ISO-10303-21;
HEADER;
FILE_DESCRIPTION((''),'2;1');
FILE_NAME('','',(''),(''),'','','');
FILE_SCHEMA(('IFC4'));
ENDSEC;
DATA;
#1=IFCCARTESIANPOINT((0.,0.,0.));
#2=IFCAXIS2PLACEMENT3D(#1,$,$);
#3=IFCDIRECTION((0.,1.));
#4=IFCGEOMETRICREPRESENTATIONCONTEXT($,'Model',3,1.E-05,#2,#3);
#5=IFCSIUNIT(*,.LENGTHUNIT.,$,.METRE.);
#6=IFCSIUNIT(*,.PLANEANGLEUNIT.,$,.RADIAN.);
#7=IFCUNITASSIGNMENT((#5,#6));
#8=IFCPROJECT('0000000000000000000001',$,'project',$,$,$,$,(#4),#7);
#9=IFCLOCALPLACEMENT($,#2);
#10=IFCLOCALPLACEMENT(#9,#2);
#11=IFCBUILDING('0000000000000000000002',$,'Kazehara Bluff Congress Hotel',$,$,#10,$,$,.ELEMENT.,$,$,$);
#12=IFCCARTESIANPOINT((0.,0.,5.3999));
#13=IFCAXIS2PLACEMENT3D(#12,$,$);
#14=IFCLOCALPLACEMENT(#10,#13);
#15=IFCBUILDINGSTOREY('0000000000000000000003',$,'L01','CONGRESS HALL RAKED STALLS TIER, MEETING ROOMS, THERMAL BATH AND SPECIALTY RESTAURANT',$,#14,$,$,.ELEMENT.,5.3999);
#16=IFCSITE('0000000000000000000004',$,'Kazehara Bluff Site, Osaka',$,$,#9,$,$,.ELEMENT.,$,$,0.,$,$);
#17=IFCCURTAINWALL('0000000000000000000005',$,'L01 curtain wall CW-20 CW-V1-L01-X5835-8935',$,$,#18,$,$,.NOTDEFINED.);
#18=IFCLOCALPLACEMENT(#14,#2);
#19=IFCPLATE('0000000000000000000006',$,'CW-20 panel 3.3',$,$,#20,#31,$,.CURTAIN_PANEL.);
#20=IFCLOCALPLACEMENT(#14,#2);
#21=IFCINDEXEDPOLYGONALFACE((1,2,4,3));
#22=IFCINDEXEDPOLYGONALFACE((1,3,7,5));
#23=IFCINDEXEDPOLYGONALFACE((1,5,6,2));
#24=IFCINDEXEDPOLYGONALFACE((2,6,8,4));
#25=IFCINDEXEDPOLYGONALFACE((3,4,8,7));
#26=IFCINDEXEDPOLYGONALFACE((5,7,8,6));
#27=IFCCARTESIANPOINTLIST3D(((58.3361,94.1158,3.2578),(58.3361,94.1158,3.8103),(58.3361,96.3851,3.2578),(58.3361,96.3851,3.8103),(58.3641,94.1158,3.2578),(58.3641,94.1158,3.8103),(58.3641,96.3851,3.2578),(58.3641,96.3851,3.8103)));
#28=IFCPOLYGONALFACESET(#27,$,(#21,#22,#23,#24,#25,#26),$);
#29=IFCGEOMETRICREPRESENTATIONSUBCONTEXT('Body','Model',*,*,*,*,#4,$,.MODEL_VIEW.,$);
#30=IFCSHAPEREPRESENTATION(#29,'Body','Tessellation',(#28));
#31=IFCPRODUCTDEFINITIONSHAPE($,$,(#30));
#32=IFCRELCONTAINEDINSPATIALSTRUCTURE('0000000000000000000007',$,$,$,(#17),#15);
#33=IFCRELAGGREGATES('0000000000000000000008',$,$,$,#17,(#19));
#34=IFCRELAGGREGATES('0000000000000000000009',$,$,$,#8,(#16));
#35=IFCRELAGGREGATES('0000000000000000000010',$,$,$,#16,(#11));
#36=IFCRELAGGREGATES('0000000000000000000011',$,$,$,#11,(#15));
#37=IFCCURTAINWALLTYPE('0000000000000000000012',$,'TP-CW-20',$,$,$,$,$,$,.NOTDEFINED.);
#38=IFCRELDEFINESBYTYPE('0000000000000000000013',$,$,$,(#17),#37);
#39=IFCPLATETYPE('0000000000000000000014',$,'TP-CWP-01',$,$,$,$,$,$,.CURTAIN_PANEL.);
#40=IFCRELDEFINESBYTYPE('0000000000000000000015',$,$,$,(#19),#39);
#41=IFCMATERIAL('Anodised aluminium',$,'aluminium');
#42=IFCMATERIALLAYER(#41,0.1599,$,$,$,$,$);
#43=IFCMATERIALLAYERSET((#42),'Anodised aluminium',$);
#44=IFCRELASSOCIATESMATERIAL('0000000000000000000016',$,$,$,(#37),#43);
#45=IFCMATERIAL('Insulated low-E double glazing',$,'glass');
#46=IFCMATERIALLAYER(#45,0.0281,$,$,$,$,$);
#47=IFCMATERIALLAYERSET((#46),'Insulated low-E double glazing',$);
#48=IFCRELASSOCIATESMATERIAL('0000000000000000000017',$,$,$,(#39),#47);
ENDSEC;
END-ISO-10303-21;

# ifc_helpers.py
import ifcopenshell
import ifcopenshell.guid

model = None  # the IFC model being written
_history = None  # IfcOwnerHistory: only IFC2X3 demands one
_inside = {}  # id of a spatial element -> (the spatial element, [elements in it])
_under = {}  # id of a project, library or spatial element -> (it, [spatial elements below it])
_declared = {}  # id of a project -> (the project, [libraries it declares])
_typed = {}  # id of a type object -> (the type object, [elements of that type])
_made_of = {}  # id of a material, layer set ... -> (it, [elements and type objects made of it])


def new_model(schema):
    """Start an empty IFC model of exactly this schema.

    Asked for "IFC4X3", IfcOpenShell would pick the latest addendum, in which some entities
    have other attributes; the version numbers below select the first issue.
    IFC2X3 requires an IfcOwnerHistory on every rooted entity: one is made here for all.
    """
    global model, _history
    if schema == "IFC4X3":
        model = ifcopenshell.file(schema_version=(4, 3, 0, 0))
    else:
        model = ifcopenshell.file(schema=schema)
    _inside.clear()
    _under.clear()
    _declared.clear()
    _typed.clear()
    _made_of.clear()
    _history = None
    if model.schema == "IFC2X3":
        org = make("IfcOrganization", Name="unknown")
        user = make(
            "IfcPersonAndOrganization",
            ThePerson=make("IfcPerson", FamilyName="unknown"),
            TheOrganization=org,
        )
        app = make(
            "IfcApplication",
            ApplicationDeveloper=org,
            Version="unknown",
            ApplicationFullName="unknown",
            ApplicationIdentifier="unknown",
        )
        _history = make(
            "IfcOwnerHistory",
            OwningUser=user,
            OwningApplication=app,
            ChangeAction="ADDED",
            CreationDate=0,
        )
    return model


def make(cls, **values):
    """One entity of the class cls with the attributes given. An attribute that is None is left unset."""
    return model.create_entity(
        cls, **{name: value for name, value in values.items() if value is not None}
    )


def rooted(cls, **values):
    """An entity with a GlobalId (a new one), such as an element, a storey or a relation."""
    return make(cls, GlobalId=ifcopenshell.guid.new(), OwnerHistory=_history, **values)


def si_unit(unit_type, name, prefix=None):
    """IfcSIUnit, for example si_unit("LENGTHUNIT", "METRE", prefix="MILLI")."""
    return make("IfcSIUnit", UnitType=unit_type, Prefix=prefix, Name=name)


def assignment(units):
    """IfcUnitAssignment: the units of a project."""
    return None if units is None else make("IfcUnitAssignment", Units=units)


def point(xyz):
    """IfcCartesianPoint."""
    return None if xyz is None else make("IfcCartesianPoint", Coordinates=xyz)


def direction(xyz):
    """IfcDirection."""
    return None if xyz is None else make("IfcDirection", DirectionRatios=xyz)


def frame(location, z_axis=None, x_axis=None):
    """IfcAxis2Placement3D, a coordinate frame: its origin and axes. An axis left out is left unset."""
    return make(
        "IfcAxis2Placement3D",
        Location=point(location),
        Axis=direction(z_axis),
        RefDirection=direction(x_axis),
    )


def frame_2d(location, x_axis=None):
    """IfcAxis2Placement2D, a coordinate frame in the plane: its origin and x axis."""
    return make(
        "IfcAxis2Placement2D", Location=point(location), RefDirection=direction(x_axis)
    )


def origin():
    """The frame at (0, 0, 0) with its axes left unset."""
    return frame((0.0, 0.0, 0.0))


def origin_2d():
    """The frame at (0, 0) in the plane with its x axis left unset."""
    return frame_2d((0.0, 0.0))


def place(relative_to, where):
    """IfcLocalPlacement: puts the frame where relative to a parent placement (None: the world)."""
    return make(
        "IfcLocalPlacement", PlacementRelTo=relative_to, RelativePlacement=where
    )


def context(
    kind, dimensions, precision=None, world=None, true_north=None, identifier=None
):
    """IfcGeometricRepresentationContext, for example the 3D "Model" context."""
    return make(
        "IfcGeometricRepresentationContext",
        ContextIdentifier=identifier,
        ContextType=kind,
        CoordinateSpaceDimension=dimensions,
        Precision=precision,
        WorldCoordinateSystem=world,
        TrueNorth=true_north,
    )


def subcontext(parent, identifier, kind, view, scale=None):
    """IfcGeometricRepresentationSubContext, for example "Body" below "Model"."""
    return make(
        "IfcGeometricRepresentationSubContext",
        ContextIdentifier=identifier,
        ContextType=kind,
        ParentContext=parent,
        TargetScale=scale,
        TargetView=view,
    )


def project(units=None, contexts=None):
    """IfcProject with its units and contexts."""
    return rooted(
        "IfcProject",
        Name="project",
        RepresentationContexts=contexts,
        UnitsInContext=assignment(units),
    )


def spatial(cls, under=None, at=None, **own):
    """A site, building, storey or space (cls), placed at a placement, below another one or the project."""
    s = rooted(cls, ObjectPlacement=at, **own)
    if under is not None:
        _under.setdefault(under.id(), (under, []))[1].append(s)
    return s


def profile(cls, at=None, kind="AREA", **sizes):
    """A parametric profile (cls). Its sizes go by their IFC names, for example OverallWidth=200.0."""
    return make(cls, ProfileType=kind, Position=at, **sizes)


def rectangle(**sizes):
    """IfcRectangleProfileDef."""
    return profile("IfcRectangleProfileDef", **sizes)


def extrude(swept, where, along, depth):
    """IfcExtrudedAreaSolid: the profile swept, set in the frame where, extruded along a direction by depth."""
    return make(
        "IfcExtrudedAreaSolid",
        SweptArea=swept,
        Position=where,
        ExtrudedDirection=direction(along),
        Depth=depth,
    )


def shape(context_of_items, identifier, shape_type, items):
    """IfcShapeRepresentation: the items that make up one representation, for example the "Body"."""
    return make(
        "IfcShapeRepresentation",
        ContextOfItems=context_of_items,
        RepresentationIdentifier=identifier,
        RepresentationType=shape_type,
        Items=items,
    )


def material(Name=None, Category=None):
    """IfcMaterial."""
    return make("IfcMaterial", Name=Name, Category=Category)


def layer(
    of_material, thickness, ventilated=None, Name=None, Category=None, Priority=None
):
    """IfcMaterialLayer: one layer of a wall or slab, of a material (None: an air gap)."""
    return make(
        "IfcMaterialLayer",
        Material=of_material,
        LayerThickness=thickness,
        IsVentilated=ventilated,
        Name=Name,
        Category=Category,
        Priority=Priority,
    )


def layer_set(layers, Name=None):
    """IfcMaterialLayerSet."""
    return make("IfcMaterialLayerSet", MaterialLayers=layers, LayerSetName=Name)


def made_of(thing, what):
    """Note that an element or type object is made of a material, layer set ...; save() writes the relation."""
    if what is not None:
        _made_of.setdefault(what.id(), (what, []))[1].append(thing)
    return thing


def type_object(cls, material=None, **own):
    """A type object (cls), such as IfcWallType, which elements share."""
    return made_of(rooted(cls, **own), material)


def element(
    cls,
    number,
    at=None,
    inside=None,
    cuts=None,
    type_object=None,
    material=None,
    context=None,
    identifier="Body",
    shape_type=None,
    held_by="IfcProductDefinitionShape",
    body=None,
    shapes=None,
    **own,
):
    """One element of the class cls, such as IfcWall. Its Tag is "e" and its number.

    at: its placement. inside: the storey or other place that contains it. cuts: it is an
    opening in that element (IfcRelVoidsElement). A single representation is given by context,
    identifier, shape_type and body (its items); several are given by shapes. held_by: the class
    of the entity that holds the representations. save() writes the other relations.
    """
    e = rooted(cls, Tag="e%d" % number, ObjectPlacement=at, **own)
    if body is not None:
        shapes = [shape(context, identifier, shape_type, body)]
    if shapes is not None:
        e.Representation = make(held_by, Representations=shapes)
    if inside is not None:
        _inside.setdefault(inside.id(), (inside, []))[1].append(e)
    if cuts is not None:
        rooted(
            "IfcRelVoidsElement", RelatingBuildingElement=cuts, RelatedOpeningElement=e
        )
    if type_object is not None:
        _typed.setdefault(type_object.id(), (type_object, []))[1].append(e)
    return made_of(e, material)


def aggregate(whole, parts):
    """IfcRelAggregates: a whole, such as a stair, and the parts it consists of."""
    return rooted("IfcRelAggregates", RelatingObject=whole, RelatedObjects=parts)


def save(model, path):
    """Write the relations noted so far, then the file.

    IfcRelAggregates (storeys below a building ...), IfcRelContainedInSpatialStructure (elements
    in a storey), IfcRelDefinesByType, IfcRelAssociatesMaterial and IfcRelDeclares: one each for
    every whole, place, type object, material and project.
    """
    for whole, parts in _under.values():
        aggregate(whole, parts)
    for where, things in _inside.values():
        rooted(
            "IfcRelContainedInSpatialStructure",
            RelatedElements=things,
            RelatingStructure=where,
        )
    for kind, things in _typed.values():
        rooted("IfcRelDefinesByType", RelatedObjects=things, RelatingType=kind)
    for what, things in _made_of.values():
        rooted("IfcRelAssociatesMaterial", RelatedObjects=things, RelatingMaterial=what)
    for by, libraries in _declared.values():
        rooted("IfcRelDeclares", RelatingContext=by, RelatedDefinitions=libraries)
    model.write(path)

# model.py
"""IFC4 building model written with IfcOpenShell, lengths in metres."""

from ifc_helpers import new_model, si_unit, direction, frame, origin, origin_2d, place, context, subcontext, project, spatial, rectangle, extrude, material, layer, layer_set, type_object, element, aggregate, save


model = new_model("IFC4")

# Units and contexts
model_context = context("Model", 3, precision=1e-05, world=origin(), true_north=direction((0.0, 1.0)))
body_context = subcontext(model_context, "Body", "Model", "MODEL_VIEW")
ifc_project = project(units=[si_unit("LENGTHUNIT", "METRE"), si_unit("PLANEANGLEUNIT", "RADIAN")], contexts=[model_context])

# Site, building, storey
site_placement = place(None, origin())
site = spatial("IfcSite", under=ifc_project, at=site_placement, Name="Kazehara Bluff Site, Osaka", CompositionType="ELEMENT", RefElevation=0.0)
building_placement = place(site_placement, origin())
building = spatial("IfcBuilding", under=site, at=building_placement, Name="Kazehara Bluff Congress Hotel", CompositionType="ELEMENT")
storey_placement = place(building_placement, frame((0.0, 0.0, 5.3999)))
storey = spatial("IfcBuildingStorey", under=building, at=storey_placement, Name="L01", Description="CONGRESS HALL RAKED STALLS TIER, MEETING ROOMS, THERMAL BATH AND SPECIALTY RESTAURANT", CompositionType="ELEMENT", Elevation=5.3999)

# Curtain wall
ifc_material_1 = material(Name="Anodised aluminium", Category="aluminium")
ifc_layer_1 = layer(ifc_material_1, 0.1599)
ifc_layer_set_1 = layer_set([ifc_layer_1], Name="Anodised aluminium")
curtain_wall_type = type_object("IfcCurtainWallType", Name="TP-CW-20", PredefinedType="NOTDEFINED", material=ifc_layer_set_1)
curtain_wall_placement = place(storey_placement, origin())
curtain_wall = element("IfcCurtainWall", 1, at=curtain_wall_placement, inside=storey, type_object=curtain_wall_type, Name="L01 curtain wall CW-20 CW-V1-L01-X5835-8935", PredefinedType="NOTDEFINED")

# Plate
ifc_material_2 = material(Name="Insulated low-E double glazing", Category="glass")
ifc_layer_2 = layer(ifc_material_2, 0.0281)
ifc_layer_set_2 = layer_set([ifc_layer_2], Name="Insulated low-E double glazing")
plate_type = type_object("IfcPlateType", Name="TP-CWP-01", PredefinedType="CURTAIN_PANEL", material=ifc_layer_set_2)
plate_1_placement = place(storey_placement, frame((58.3501, 95.2505, 3.2578), z_axis=(0.0, 0.0, 1.0), x_axis=(0.0, 1.0, 0.0)))
plate_1 = element("IfcPlate", 2, at=plate_1_placement, type_object=plate_type, Name="CW-20 panel 3.3", PredefinedType="CURTAIN_PANEL", context=body_context, shape_type="SweptSolid", body=[
    extrude(rectangle(XDim=2.2693, YDim=0.0281, at=origin_2d()), origin(), (0.0, 0.0, 1.0), 0.5525),
])
aggregate(curtain_wall, [plate_1])

save(model, "model.ifc")
